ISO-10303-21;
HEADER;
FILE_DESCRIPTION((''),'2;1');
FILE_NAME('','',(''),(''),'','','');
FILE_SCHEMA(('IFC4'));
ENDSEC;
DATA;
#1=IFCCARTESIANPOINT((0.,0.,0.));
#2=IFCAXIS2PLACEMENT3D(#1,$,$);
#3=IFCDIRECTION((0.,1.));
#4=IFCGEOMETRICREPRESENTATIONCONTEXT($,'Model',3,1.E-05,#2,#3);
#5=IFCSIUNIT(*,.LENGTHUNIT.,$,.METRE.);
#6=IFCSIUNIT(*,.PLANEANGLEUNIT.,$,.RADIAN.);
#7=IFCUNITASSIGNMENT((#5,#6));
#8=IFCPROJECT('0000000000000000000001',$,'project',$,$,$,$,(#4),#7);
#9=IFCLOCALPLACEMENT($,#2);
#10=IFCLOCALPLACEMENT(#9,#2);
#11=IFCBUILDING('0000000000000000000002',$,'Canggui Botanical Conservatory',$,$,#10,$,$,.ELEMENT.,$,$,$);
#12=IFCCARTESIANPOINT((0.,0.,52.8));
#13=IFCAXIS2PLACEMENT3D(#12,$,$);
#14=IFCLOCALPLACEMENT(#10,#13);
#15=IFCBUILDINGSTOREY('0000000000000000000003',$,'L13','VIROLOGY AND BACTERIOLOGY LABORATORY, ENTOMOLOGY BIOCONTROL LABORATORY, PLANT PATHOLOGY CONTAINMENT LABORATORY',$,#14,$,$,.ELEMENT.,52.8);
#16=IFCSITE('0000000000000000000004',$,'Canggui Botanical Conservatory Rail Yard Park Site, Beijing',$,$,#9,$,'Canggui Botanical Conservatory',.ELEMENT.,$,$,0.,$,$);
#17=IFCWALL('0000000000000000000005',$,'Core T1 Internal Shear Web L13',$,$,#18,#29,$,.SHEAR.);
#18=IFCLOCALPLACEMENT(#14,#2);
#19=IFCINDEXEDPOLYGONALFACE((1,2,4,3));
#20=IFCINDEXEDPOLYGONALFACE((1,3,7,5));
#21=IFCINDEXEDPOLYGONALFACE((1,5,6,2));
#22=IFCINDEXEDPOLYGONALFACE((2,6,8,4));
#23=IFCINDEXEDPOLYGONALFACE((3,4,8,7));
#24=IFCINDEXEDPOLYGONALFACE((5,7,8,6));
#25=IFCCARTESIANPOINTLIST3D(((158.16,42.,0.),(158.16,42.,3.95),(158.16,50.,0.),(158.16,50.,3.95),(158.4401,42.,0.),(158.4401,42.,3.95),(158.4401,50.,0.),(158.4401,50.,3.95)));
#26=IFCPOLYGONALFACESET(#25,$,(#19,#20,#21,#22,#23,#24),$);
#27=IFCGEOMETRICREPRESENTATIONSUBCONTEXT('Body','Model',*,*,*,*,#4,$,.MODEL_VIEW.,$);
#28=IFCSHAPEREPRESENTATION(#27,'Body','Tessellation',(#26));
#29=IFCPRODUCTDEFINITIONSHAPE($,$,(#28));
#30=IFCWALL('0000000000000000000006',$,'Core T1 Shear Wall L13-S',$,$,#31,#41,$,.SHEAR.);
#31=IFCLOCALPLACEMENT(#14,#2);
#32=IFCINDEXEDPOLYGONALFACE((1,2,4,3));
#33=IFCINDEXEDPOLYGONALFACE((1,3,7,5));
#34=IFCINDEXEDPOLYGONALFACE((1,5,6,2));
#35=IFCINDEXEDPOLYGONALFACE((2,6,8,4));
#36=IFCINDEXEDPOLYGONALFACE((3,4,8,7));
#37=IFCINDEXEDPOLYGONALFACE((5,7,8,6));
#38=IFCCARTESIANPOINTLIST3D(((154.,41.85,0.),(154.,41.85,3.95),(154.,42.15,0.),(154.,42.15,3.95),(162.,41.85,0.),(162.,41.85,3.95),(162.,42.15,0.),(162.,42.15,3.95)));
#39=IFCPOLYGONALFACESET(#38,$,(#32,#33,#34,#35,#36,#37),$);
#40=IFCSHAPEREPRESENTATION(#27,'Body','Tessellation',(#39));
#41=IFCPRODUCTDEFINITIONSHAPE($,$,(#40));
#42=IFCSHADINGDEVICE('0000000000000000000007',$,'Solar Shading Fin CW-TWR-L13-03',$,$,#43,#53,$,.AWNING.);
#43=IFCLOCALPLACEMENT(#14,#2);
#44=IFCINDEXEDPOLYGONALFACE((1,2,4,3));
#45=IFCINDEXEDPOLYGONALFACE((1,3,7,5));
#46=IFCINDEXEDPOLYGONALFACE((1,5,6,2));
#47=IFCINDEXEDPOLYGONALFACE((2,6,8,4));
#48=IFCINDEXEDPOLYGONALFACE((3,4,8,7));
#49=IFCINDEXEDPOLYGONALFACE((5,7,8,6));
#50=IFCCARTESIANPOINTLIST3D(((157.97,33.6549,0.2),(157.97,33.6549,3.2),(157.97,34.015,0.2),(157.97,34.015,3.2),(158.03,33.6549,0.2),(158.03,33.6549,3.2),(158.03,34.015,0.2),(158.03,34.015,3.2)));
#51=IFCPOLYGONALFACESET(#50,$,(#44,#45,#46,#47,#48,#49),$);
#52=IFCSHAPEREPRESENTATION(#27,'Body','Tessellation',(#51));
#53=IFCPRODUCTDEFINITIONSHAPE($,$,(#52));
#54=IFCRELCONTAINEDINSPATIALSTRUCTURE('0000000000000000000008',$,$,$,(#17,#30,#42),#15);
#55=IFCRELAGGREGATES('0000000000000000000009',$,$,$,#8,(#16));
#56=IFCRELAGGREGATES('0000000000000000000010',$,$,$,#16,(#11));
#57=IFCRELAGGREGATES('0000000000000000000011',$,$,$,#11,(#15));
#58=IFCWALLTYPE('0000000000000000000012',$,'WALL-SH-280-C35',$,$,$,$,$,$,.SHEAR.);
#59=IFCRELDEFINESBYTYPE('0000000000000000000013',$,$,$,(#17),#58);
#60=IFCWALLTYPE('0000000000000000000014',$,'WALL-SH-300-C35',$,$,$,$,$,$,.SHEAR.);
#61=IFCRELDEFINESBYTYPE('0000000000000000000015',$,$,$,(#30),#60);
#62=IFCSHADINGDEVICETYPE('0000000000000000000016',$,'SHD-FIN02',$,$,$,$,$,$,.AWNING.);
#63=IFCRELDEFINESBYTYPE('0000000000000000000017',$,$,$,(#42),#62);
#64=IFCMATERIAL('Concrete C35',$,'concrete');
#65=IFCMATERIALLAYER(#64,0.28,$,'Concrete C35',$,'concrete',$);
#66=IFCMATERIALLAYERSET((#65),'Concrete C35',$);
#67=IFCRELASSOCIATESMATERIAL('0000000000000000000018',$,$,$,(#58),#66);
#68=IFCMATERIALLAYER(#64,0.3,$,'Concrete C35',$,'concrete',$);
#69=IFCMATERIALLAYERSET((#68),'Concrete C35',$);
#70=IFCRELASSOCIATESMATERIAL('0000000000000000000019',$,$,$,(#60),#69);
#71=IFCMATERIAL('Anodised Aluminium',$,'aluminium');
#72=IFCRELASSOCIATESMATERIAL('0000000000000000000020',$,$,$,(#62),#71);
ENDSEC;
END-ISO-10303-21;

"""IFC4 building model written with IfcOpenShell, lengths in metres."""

from ifc_helpers import new_model, si_unit, direction, frame, frame_2d, origin, origin_2d, place, context, subcontext, project, spatial, rectangle, extrude, material, layer, layer_set, type_object, element, save


model = new_model("IFC4")

# Units and contexts
model_context = context("Model", 3, precision=1e-05, world=origin(), true_north=direction((0.0, 1.0)))
body_context = subcontext(model_context, "Body", "Model", "MODEL_VIEW")
ifc_project = project(units=[si_unit("LENGTHUNIT", "METRE"), si_unit("PLANEANGLEUNIT", "RADIAN")], contexts=[model_context])

# Site, building, storey
site_placement = place(None, origin())
site = spatial("IfcSite", under=ifc_project, at=site_placement, Name="Canggui Botanical Conservatory Rail Yard Park Site, Beijing", LongName="Canggui Botanical Conservatory", CompositionType="ELEMENT", RefElevation=0.0)
building_placement = place(site_placement, origin())
building = spatial("IfcBuilding", under=site, at=building_placement, Name="Canggui Botanical Conservatory", CompositionType="ELEMENT")
storey_placement = place(building_placement, frame((0.0, 0.0, 52.8)))
storey = spatial("IfcBuildingStorey", under=building, at=storey_placement, Name="L13", Description="VIROLOGY AND BACTERIOLOGY LABORATORY, ENTOMOLOGY BIOCONTROL LABORATORY, PLANT PATHOLOGY CONTAINMENT LABORATORY", CompositionType="ELEMENT", Elevation=52.8)

# Shared definitions
ifc_material_1 = material(Name="Concrete C35", Category="concrete")

# Walls
ifc_layer_1 = layer(ifc_material_1, 0.28, Name="Concrete C35", Category="concrete")
ifc_layer_set_1 = layer_set([ifc_layer_1], Name="Concrete C35")
wall_type_1 = type_object("IfcWallType", Name="WALL-SH-280-C35", PredefinedType="SHEAR", material=ifc_layer_set_1)
wall_1_placement = place(storey_placement, frame((158.3, 42.0, 0.0), z_axis=(0.0, 0.0, 1.0), x_axis=(0.0, 1.0, 0.0)))
element("IfcWall", 1, at=wall_1_placement, inside=storey, type_object=wall_type_1, Name="Core T1 Internal Shear Web L13", PredefinedType="SHEAR", context=body_context, shape_type="SweptSolid", body=[
    extrude(rectangle(XDim=8.0, YDim=0.28, at=frame_2d((4.0, 0.0))), origin(), (0.0, 0.0, 1.0), 3.95),
])
ifc_layer_2 = layer(ifc_material_1, 0.3, Name="Concrete C35", Category="concrete")
ifc_layer_set_2 = layer_set([ifc_layer_2], Name="Concrete C35")
wall_type_2 = type_object("IfcWallType", Name="WALL-SH-300-C35", PredefinedType="SHEAR", material=ifc_layer_set_2)
wall_2_placement = place(storey_placement, frame((154.0, 42.0, 0.0), z_axis=(0.0, 0.0, 1.0), x_axis=(1.0, 0.0, 0.0)))
element("IfcWall", 2, at=wall_2_placement, inside=storey, type_object=wall_type_2, Name="Core T1 Shear Wall L13-S", PredefinedType="SHEAR", context=body_context, shape_type="SweptSolid", body=[
    extrude(rectangle(XDim=8.0, YDim=0.3, at=frame_2d((4.0, 0.0))), origin(), (0.0, 0.0, 1.0), 3.95),
])

# Shading device
ifc_material_2 = material(Name="Anodised Aluminium", Category="aluminium")
shading_device_type = type_object("IfcShadingDeviceType", Name="SHD-FIN02", PredefinedType="AWNING", material=ifc_material_2)
shading_device_placement = place(storey_placement, frame((158.0, 33.835, 0.2), z_axis=(0.0, 0.0, 1.0), x_axis=(-1.0, 0.0, 0.0)))
element("IfcShadingDevice", 3, at=shading_device_placement, inside=storey, type_object=shading_device_type, Name="Solar Shading Fin CW-TWR-L13-03", PredefinedType="AWNING", context=body_context, shape_type="SweptSolid", body=[
    extrude(rectangle(XDim=0.0601, YDim=0.3601, at=origin_2d()), origin(), (0.0, 0.0, 1.0), 3.0),
])

save(model, "model.ifc")
